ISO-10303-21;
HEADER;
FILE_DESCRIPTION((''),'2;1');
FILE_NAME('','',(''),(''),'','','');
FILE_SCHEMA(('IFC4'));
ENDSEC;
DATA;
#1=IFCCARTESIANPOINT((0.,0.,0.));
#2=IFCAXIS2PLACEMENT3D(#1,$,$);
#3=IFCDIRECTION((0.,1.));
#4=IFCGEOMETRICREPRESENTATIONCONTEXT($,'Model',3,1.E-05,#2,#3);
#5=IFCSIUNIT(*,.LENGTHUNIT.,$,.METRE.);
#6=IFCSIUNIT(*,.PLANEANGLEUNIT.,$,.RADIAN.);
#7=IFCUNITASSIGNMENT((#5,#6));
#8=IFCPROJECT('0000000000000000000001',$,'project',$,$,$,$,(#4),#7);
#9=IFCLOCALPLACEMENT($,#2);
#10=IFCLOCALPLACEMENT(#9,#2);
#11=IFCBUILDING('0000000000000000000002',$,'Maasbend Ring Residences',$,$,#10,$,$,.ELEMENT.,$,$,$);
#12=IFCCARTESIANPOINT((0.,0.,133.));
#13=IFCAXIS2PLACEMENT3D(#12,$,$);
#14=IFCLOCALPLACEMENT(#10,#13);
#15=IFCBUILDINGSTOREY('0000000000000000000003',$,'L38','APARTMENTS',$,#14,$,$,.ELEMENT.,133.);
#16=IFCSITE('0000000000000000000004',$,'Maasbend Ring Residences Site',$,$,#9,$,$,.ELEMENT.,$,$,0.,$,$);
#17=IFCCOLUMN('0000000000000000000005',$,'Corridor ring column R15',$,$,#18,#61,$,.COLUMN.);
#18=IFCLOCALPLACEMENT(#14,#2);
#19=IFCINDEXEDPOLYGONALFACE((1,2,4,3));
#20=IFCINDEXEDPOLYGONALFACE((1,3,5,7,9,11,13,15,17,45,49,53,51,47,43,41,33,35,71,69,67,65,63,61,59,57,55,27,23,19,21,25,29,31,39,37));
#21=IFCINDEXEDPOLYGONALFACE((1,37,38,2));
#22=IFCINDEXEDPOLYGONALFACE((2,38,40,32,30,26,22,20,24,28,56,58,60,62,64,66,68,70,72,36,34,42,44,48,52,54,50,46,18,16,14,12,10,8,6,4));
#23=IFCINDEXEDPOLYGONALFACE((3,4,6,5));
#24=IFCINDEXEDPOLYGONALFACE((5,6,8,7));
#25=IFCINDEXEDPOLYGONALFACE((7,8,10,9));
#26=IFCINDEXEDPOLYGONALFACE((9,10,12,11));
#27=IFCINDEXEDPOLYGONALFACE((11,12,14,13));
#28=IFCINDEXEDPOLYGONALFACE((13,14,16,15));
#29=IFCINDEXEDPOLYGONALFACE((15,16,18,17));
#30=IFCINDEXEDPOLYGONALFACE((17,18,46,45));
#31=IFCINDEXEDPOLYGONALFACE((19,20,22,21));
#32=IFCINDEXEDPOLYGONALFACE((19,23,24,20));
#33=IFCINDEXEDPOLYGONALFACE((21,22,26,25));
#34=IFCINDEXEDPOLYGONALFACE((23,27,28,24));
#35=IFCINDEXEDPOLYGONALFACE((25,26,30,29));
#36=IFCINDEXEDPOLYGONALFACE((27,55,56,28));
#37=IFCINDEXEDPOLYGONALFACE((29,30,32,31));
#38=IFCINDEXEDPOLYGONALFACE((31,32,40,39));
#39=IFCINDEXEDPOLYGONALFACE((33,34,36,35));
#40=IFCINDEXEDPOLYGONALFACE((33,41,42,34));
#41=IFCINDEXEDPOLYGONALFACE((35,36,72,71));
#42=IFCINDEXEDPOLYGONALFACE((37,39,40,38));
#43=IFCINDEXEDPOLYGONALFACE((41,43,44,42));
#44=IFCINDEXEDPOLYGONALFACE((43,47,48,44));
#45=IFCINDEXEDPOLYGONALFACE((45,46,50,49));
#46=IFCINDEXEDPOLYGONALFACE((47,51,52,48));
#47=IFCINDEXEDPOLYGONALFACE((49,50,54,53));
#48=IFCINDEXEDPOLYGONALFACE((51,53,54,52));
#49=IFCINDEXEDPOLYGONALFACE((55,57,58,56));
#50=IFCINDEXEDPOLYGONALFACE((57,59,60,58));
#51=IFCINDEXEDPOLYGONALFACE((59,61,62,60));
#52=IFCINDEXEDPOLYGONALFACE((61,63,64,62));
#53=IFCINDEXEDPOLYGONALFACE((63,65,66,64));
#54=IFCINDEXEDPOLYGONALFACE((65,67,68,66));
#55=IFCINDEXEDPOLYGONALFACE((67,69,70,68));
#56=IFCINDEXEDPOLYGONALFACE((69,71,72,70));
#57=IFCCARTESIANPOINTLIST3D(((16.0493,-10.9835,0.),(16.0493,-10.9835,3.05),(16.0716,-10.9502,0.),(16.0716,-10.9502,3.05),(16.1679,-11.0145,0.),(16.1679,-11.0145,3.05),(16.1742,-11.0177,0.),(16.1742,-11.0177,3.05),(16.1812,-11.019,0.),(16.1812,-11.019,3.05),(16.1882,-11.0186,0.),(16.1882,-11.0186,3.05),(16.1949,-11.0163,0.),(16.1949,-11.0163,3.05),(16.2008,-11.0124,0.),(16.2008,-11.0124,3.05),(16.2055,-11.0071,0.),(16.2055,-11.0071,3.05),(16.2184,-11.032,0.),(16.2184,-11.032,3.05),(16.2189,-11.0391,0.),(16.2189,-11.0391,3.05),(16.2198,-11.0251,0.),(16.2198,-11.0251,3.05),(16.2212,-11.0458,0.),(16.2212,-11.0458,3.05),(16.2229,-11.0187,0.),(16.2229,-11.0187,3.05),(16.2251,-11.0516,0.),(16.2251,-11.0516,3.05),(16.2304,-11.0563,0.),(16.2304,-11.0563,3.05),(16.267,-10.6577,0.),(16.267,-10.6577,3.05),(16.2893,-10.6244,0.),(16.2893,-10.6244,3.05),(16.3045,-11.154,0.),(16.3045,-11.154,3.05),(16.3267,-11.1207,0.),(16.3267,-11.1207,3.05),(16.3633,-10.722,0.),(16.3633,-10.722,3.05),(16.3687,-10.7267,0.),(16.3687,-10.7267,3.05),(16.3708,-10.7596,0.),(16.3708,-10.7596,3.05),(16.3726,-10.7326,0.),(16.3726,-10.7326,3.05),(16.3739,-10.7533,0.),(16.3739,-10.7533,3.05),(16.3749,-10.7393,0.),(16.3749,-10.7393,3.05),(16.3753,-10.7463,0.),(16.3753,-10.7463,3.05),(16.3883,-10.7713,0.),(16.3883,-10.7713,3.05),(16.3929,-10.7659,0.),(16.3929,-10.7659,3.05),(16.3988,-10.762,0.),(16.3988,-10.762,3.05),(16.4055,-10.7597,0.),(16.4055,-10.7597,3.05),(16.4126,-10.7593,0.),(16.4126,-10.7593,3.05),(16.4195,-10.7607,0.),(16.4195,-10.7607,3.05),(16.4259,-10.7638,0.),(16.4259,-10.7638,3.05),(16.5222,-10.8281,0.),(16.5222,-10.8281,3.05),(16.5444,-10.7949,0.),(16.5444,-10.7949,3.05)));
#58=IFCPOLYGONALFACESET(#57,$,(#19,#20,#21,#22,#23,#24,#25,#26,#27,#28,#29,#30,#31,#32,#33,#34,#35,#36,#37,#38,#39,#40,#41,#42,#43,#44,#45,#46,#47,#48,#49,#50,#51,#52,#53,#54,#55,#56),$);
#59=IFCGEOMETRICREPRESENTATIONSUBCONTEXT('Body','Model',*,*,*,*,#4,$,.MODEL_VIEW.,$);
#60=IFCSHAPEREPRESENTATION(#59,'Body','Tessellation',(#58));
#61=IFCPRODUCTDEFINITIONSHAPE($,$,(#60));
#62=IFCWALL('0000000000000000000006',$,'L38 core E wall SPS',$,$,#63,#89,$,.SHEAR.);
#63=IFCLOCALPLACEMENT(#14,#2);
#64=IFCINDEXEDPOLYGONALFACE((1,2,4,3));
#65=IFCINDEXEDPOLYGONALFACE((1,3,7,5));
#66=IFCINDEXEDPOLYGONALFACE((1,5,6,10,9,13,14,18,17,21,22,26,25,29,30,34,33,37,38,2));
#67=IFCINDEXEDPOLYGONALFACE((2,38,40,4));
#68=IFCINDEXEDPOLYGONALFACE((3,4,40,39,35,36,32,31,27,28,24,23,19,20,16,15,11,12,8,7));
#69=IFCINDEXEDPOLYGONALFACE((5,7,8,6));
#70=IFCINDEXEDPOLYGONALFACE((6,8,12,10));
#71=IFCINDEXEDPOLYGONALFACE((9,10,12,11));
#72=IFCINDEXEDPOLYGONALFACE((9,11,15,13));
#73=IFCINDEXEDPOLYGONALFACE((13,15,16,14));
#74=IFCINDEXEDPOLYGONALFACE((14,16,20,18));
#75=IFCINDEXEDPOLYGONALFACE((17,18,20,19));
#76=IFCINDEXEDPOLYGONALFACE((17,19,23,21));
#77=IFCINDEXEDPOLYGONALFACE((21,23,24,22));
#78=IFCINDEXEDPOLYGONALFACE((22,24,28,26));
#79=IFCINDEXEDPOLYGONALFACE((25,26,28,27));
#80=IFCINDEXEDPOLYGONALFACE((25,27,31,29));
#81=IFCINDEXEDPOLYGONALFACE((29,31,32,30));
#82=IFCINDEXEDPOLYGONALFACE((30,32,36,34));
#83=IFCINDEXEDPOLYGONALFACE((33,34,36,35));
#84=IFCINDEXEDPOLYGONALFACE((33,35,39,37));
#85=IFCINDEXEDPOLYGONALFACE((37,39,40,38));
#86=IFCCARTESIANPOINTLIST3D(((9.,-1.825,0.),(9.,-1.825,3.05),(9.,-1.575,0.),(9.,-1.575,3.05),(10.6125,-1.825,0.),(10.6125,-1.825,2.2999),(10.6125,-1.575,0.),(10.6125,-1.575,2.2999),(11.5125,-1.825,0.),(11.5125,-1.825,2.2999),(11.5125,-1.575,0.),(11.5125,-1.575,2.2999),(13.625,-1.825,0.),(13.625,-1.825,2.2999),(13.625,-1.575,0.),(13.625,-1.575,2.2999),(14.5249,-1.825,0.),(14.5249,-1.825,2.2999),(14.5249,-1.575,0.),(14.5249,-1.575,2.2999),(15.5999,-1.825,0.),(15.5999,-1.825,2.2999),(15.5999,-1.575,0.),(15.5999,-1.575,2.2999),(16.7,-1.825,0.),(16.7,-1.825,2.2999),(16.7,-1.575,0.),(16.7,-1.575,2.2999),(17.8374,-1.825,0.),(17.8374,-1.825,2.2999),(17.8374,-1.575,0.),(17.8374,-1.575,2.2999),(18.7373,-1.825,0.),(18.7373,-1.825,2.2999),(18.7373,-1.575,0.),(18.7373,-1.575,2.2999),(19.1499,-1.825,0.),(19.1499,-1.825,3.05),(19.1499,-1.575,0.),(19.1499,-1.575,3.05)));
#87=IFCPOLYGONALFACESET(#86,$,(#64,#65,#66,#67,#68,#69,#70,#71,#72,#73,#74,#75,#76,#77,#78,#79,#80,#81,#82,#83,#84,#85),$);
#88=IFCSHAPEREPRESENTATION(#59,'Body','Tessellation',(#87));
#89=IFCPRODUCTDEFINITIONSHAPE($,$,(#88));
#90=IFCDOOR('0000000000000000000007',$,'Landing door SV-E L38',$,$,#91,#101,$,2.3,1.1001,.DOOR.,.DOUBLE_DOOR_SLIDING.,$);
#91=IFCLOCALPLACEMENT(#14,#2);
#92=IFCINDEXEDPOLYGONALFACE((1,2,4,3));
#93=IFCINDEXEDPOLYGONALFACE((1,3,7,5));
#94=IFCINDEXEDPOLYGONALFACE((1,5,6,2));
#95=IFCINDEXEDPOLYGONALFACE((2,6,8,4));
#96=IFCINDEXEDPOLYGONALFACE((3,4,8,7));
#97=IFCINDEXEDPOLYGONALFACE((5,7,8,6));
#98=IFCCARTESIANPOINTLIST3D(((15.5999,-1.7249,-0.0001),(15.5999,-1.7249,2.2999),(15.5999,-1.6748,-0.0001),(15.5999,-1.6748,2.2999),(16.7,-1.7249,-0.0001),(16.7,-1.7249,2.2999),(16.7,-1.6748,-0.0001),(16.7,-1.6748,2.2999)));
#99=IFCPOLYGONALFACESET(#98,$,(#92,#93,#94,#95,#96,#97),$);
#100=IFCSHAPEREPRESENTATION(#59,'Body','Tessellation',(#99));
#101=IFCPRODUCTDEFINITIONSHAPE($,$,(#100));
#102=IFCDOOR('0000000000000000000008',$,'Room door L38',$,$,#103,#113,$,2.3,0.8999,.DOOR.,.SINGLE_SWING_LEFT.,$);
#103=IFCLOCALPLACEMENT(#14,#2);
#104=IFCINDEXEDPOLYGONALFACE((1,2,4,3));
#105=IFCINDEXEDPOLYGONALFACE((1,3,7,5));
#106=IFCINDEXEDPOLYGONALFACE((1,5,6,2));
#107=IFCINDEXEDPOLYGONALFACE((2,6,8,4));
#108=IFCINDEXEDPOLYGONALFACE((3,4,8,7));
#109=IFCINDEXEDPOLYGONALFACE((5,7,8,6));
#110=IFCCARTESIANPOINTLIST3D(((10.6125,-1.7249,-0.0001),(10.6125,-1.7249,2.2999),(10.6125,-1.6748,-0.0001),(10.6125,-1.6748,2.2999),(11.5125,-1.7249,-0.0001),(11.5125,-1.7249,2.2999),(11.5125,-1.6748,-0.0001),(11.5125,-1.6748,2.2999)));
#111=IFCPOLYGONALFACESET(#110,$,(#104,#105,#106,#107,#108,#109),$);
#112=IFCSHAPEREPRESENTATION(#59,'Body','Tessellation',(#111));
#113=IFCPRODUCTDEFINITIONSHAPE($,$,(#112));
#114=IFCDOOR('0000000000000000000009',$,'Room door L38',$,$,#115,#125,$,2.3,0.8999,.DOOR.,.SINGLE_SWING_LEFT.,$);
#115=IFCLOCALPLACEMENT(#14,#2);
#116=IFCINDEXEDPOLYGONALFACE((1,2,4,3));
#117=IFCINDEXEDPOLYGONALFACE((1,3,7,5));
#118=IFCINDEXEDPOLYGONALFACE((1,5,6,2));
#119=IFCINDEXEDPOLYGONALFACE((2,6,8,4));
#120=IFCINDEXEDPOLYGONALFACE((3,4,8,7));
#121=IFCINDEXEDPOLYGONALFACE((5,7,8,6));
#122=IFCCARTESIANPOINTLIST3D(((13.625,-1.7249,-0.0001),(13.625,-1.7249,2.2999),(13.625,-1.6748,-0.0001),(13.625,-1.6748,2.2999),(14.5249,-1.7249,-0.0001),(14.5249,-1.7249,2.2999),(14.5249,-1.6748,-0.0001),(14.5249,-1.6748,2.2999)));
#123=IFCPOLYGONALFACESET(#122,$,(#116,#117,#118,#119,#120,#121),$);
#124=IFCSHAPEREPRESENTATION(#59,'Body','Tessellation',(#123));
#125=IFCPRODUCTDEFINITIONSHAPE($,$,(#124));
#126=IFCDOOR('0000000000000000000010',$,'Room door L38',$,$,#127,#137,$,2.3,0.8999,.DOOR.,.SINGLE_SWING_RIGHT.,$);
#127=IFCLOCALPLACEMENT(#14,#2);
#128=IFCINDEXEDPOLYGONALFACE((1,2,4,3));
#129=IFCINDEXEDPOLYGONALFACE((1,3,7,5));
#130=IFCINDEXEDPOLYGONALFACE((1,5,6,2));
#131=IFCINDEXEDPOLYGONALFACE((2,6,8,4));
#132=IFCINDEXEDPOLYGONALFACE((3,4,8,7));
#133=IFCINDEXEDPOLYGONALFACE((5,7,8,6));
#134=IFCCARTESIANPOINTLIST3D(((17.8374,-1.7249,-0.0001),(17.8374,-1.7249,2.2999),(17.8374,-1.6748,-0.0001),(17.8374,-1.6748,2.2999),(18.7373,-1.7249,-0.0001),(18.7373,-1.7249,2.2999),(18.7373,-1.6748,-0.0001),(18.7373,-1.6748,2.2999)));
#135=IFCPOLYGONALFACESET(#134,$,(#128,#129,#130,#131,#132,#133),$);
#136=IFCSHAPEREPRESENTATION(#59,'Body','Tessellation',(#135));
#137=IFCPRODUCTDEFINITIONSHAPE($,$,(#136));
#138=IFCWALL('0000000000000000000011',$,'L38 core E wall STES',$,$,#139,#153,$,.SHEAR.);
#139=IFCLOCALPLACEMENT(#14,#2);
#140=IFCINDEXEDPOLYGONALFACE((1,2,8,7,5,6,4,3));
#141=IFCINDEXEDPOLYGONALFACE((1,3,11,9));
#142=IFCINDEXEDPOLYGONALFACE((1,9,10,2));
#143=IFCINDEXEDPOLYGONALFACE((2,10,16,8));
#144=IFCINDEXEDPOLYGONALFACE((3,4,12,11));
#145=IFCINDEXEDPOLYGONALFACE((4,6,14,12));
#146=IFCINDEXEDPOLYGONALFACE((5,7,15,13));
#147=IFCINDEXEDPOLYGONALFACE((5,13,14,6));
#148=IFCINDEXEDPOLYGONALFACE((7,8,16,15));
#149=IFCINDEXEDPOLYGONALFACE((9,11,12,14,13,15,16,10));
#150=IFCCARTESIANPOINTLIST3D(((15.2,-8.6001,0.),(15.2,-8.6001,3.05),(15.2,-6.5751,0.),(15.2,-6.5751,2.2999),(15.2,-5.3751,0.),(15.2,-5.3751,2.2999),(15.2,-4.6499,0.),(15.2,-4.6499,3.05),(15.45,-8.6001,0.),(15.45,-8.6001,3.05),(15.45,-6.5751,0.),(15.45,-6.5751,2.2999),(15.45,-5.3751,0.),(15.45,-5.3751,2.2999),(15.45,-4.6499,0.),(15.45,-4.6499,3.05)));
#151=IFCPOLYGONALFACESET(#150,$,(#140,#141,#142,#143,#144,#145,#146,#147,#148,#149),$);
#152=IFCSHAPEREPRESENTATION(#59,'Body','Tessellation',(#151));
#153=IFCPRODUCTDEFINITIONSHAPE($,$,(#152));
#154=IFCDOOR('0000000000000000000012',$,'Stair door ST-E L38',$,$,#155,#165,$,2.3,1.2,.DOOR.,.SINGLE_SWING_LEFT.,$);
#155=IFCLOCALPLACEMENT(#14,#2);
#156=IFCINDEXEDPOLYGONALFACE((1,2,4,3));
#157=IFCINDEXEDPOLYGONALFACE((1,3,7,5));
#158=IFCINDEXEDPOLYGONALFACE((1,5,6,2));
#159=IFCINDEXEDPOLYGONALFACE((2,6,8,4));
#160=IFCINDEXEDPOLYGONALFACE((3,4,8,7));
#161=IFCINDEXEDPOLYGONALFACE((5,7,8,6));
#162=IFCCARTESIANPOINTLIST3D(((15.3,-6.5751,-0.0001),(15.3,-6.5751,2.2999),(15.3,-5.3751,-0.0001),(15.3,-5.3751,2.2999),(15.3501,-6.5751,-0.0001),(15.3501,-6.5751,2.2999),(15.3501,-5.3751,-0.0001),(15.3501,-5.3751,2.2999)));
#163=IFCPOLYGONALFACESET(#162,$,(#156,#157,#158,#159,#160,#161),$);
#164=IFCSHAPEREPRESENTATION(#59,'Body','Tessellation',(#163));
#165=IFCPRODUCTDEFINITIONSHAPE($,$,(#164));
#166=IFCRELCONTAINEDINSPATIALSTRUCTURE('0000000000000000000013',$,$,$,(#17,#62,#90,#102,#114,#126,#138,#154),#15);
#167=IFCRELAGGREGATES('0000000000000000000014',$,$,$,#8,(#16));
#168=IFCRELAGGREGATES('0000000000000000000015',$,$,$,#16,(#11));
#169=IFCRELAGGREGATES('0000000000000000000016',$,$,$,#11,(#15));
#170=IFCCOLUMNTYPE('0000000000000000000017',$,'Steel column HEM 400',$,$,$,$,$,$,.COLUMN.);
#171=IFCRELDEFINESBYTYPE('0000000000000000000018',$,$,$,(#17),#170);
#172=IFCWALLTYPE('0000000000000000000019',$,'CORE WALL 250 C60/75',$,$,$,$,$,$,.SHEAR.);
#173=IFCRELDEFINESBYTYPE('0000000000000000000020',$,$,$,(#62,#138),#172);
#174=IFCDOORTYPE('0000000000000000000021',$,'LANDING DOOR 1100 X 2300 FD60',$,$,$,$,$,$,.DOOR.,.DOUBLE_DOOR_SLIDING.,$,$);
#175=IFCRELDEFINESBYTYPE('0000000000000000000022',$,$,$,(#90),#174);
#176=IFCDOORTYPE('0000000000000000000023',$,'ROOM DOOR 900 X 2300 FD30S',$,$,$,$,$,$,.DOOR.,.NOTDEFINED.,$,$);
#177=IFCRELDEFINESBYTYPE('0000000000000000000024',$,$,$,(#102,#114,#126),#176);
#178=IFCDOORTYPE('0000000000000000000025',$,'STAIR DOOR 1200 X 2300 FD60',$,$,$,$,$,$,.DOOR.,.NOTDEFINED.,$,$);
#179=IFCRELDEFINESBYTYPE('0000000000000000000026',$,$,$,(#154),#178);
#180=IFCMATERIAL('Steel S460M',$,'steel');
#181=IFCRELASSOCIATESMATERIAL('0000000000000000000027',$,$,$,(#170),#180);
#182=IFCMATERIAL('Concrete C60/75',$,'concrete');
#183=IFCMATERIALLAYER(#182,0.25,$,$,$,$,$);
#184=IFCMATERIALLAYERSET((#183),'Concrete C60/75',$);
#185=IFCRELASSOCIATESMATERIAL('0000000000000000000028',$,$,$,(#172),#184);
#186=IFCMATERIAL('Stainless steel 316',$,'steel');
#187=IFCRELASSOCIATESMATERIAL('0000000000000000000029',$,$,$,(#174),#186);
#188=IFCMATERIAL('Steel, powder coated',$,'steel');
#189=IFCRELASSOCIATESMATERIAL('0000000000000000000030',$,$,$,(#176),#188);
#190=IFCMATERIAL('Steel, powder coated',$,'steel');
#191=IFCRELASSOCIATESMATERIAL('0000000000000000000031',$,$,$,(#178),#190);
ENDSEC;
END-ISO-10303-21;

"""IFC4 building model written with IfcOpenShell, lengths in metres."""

from ifc_helpers import new_model, si_unit, direction, frame, frame_2d, origin, origin_2d, place, context, subcontext, project, spatial, rectangle, i_section, extrude, material, layer, layer_set, material_profile, profile_set, type_object, element, fill, save


model = new_model("IFC4")

# Units and contexts
model_context = context("Model", 3, precision=1e-05, world=origin(), true_north=direction((0.0, 1.0)))
body_context = subcontext(model_context, "Body", "Model", "MODEL_VIEW")
ifc_project = project(units=[si_unit("LENGTHUNIT", "METRE"), si_unit("PLANEANGLEUNIT", "RADIAN")], contexts=[model_context])

# Site, building, storey
site_placement = place(None, origin())
site = spatial("IfcSite", under=ifc_project, at=site_placement, Name="Maasbend Ring Residences Site", CompositionType="ELEMENT", RefElevation=0.0)
building_placement = place(site_placement, origin())
building = spatial("IfcBuilding", under=site, at=building_placement, Name="Maasbend Ring Residences", CompositionType="ELEMENT")
storey_placement = place(building_placement, frame((0.0, 0.0, 133.0)))
storey = spatial("IfcBuildingStorey", under=building, at=storey_placement, Name="L38", Description="APARTMENTS", CompositionType="ELEMENT", Elevation=133.0)

# Column
ifc_material_1 = material(Name="Steel S460M", Category="steel")
ifc_material_profile = material_profile(ifc_material_1, i_section(OverallWidth=0.3069, OverallDepth=0.4319, WebThickness=0.021, FlangeThickness=0.04, FilletRadius=0.0271, at=origin_2d()), Name="HEM 400")
ifc_profile_set = profile_set([ifc_material_profile], Name="Steel S460M")
column_type = type_object("IfcColumnType", Name="Steel column HEM 400", PredefinedType="COLUMN", material=ifc_profile_set)
column_placement = place(storey_placement, frame((16.2969, -10.8892, 0.0), z_axis=(0.0, 0.0, 1.0), x_axis=(0.83147, -0.55557, 0.0)))
element("IfcColumn", 1, at=column_placement, inside=storey, type_object=column_type, Name="Corridor ring column R15", PredefinedType="COLUMN", context=body_context, shape_type="SweptSolid", body=[
    extrude(i_section(OverallWidth=0.3069, OverallDepth=0.4319, WebThickness=0.021, FlangeThickness=0.04, FilletRadius=0.0271, at=origin_2d()), origin(), (0.0, 0.0, 1.0), 3.05),
])

# Wall, openings, doors
ifc_material_2 = material(Name="Concrete C60/75", Category="concrete")
ifc_layer_1 = layer(ifc_material_2, 0.25)
ifc_layer_set_1 = layer_set([ifc_layer_1], Name="Concrete C60/75")
wall_type_1 = type_object("IfcWallType", Name="CORE WALL 250 C60/75", PredefinedType="SHEAR", material=ifc_layer_set_1)
wall_1_placement = place(storey_placement, frame((19.1499, -1.7, 0.0), z_axis=(0.0, 0.0, 1.0), x_axis=(-1.0, 0.0, 0.0)))
wall_1 = element("IfcWall", 2, at=wall_1_placement, inside=storey, type_object=wall_type_1, Name="L38 core E wall SPS", PredefinedType="SHEAR", context=body_context, shape_type="SweptSolid", body=[
    extrude(rectangle(XDim=10.1499, YDim=0.25, at=frame_2d((5.075, 0.0))), origin(), (0.0, 0.0, 1.0), 3.05),
])
opening_1_placement = place(wall_1_placement, frame((2.45, 0.0, 0.0)))
opening_1 = element("IfcOpeningElement", 3, at=opening_1_placement, cuts=wall_1, PredefinedType="OPENING", context=body_context, shape_type="SweptSolid", body=[
    extrude(rectangle(XDim=1.1001, YDim=2.3, at=frame_2d((0.55, 1.1499))), frame((0.0, 0.135, 0.0), z_axis=(0.0, -1.0, 0.0), x_axis=(1.0, 0.0, 0.0)), (0.0, 0.0, 1.0), 0.27),
])
opening_2_placement = place(wall_1_placement, frame((7.6375, 0.0, 0.0)))
opening_2 = element("IfcOpeningElement", 4, at=opening_2_placement, cuts=wall_1, PredefinedType="OPENING", context=body_context, shape_type="SweptSolid", body=[
    extrude(rectangle(XDim=0.8999, YDim=2.3, at=frame_2d((0.45, 1.1499))), frame((0.0, 0.135, 0.0), z_axis=(0.0, -1.0, 0.0), x_axis=(1.0, 0.0, 0.0)), (0.0, 0.0, 1.0), 0.27),
])
opening_3_placement = place(wall_1_placement, frame((4.625, 0.0, 0.0)))
opening_3 = element("IfcOpeningElement", 5, at=opening_3_placement, cuts=wall_1, PredefinedType="OPENING", context=body_context, shape_type="SweptSolid", body=[
    extrude(rectangle(XDim=0.8999, YDim=2.3, at=frame_2d((0.45, 1.1499))), frame((0.0, 0.135, 0.0), z_axis=(0.0, -1.0, 0.0), x_axis=(1.0, 0.0, 0.0)), (0.0, 0.0, 1.0), 0.27),
])
opening_4_placement = place(wall_1_placement, frame((0.4126, 0.0, 0.0)))
opening_4 = element("IfcOpeningElement", 6, at=opening_4_placement, cuts=wall_1, PredefinedType="OPENING", context=body_context, shape_type="SweptSolid", body=[
    extrude(rectangle(XDim=0.8999, YDim=2.3, at=frame_2d((0.45, 1.1499))), frame((0.0, 0.135, 0.0), z_axis=(0.0, -1.0, 0.0), x_axis=(1.0, 0.0, 0.0)), (0.0, 0.0, 1.0), 0.27),
])
ifc_material_3 = material(Name="Stainless steel 316", Category="steel")
door_type_1 = type_object("IfcDoorType", Name="LANDING DOOR 1100 X 2300 FD60", OperationType="DOUBLE_DOOR_SLIDING", PredefinedType="DOOR", material=ifc_material_3)
door_1_placement = place(opening_1_placement, origin())
door_1 = element("IfcDoor", 7, at=door_1_placement, inside=storey, type_object=door_type_1, Name="Landing door SV-E L38", OperationType="DOUBLE_DOOR_SLIDING", OverallHeight=2.3, OverallWidth=1.1001, PredefinedType="DOOR", context=body_context, shape_type="SweptSolid", body=[
    extrude(rectangle(XDim=1.1001, YDim=2.3, at=frame_2d((0.55, 1.1499))), frame((0.0, 0.0249, 0.0), z_axis=(0.0, -1.0, 0.0), x_axis=(1.0, 0.0, 0.0)), (0.0, 0.0, 1.0), 0.05),
])
fill(opening_1, door_1)
ifc_material_4 = material(Name="Steel, powder coated", Category="steel")
door_type_2 = type_object("IfcDoorType", Name="ROOM DOOR 900 X 2300 FD30S", OperationType="NOTDEFINED", PredefinedType="DOOR", material=ifc_material_4)
door_2_placement = place(opening_2_placement, origin())
door_2 = element("IfcDoor", 8, at=door_2_placement, inside=storey, type_object=door_type_2, Name="Room door L38", OperationType="SINGLE_SWING_LEFT", OverallHeight=2.3, OverallWidth=0.8999, PredefinedType="DOOR", context=body_context, shape_type="SweptSolid", body=[
    extrude(rectangle(XDim=0.8999, YDim=2.3, at=frame_2d((0.45, 1.1499))), frame((0.0, 0.0249, 0.0), z_axis=(0.0, -1.0, 0.0), x_axis=(1.0, 0.0, 0.0)), (0.0, 0.0, 1.0), 0.05),
])
fill(opening_2, door_2)
door_3_placement = place(opening_3_placement, origin())
door_3 = element("IfcDoor", 9, at=door_3_placement, inside=storey, type_object=door_type_2, Name="Room door L38", OperationType="SINGLE_SWING_LEFT", OverallHeight=2.3, OverallWidth=0.8999, PredefinedType="DOOR", context=body_context, shape_type="SweptSolid", body=[
    extrude(rectangle(XDim=0.8999, YDim=2.3, at=frame_2d((0.45, 1.1499))), frame((0.0, 0.0249, 0.0), z_axis=(0.0, -1.0, 0.0), x_axis=(1.0, 0.0, 0.0)), (0.0, 0.0, 1.0), 0.05),
])
fill(opening_3, door_3)
door_4_placement = place(opening_4_placement, origin())
door_4 = element("IfcDoor", 10, at=door_4_placement, inside=storey, type_object=door_type_2, Name="Room door L38", OperationType="SINGLE_SWING_RIGHT", OverallHeight=2.3, OverallWidth=0.8999, PredefinedType="DOOR", context=body_context, shape_type="SweptSolid", body=[
    extrude(rectangle(XDim=0.8999, YDim=2.3, at=frame_2d((0.45, 1.1499))), frame((0.0, 0.0249, 0.0), z_axis=(0.0, -1.0, 0.0), x_axis=(1.0, 0.0, 0.0)), (0.0, 0.0, 1.0), 0.05),
])
fill(opening_4, door_4)

# Wall, opening, door
wall_2_placement = place(storey_placement, frame((15.325, -8.6001, 0.0), z_axis=(0.0, 0.0, 1.0), x_axis=(0.0, 1.0, 0.0)))
wall_2 = element("IfcWall", 11, at=wall_2_placement, inside=storey, type_object=wall_type_1, Name="L38 core E wall STES", PredefinedType="SHEAR", context=body_context, shape_type="SweptSolid", body=[
    extrude(rectangle(XDim=3.9502, YDim=0.25, at=frame_2d((1.9751, 0.0))), origin(), (0.0, 0.0, 1.0), 3.05),
])
opening_5_placement = place(wall_2_placement, frame((2.0249, 0.0, 0.0)))
opening_5 = element("IfcOpeningElement", 12, at=opening_5_placement, cuts=wall_2, PredefinedType="OPENING", context=body_context, shape_type="SweptSolid", body=[
    extrude(rectangle(XDim=1.2, YDim=2.3, at=frame_2d((0.6001, 1.1499))), frame((0.0, 0.135, 0.0), z_axis=(0.0, -1.0, 0.0), x_axis=(1.0, 0.0, 0.0)), (0.0, 0.0, 1.0), 0.27),
])
ifc_material_5 = material(Name="Steel, powder coated", Category="steel")
door_type_3 = type_object("IfcDoorType", Name="STAIR DOOR 1200 X 2300 FD60", OperationType="NOTDEFINED", PredefinedType="DOOR", material=ifc_material_5)
door_5_placement = place(opening_5_placement, origin())
door_5 = element("IfcDoor", 13, at=door_5_placement, inside=storey, type_object=door_type_3, Name="Stair door ST-E L38", OperationType="SINGLE_SWING_LEFT", OverallHeight=2.3, OverallWidth=1.2, PredefinedType="DOOR", context=body_context, shape_type="SweptSolid", body=[
    extrude(rectangle(XDim=1.2, YDim=2.3, at=frame_2d((0.6001, 1.1499))), frame((0.0, 0.0249, 0.0), z_axis=(0.0, -1.0, 0.0), x_axis=(1.0, 0.0, 0.0)), (0.0, 0.0, 1.0), 0.05),
])
fill(opening_5, door_5)

save(model, "model.ifc")
